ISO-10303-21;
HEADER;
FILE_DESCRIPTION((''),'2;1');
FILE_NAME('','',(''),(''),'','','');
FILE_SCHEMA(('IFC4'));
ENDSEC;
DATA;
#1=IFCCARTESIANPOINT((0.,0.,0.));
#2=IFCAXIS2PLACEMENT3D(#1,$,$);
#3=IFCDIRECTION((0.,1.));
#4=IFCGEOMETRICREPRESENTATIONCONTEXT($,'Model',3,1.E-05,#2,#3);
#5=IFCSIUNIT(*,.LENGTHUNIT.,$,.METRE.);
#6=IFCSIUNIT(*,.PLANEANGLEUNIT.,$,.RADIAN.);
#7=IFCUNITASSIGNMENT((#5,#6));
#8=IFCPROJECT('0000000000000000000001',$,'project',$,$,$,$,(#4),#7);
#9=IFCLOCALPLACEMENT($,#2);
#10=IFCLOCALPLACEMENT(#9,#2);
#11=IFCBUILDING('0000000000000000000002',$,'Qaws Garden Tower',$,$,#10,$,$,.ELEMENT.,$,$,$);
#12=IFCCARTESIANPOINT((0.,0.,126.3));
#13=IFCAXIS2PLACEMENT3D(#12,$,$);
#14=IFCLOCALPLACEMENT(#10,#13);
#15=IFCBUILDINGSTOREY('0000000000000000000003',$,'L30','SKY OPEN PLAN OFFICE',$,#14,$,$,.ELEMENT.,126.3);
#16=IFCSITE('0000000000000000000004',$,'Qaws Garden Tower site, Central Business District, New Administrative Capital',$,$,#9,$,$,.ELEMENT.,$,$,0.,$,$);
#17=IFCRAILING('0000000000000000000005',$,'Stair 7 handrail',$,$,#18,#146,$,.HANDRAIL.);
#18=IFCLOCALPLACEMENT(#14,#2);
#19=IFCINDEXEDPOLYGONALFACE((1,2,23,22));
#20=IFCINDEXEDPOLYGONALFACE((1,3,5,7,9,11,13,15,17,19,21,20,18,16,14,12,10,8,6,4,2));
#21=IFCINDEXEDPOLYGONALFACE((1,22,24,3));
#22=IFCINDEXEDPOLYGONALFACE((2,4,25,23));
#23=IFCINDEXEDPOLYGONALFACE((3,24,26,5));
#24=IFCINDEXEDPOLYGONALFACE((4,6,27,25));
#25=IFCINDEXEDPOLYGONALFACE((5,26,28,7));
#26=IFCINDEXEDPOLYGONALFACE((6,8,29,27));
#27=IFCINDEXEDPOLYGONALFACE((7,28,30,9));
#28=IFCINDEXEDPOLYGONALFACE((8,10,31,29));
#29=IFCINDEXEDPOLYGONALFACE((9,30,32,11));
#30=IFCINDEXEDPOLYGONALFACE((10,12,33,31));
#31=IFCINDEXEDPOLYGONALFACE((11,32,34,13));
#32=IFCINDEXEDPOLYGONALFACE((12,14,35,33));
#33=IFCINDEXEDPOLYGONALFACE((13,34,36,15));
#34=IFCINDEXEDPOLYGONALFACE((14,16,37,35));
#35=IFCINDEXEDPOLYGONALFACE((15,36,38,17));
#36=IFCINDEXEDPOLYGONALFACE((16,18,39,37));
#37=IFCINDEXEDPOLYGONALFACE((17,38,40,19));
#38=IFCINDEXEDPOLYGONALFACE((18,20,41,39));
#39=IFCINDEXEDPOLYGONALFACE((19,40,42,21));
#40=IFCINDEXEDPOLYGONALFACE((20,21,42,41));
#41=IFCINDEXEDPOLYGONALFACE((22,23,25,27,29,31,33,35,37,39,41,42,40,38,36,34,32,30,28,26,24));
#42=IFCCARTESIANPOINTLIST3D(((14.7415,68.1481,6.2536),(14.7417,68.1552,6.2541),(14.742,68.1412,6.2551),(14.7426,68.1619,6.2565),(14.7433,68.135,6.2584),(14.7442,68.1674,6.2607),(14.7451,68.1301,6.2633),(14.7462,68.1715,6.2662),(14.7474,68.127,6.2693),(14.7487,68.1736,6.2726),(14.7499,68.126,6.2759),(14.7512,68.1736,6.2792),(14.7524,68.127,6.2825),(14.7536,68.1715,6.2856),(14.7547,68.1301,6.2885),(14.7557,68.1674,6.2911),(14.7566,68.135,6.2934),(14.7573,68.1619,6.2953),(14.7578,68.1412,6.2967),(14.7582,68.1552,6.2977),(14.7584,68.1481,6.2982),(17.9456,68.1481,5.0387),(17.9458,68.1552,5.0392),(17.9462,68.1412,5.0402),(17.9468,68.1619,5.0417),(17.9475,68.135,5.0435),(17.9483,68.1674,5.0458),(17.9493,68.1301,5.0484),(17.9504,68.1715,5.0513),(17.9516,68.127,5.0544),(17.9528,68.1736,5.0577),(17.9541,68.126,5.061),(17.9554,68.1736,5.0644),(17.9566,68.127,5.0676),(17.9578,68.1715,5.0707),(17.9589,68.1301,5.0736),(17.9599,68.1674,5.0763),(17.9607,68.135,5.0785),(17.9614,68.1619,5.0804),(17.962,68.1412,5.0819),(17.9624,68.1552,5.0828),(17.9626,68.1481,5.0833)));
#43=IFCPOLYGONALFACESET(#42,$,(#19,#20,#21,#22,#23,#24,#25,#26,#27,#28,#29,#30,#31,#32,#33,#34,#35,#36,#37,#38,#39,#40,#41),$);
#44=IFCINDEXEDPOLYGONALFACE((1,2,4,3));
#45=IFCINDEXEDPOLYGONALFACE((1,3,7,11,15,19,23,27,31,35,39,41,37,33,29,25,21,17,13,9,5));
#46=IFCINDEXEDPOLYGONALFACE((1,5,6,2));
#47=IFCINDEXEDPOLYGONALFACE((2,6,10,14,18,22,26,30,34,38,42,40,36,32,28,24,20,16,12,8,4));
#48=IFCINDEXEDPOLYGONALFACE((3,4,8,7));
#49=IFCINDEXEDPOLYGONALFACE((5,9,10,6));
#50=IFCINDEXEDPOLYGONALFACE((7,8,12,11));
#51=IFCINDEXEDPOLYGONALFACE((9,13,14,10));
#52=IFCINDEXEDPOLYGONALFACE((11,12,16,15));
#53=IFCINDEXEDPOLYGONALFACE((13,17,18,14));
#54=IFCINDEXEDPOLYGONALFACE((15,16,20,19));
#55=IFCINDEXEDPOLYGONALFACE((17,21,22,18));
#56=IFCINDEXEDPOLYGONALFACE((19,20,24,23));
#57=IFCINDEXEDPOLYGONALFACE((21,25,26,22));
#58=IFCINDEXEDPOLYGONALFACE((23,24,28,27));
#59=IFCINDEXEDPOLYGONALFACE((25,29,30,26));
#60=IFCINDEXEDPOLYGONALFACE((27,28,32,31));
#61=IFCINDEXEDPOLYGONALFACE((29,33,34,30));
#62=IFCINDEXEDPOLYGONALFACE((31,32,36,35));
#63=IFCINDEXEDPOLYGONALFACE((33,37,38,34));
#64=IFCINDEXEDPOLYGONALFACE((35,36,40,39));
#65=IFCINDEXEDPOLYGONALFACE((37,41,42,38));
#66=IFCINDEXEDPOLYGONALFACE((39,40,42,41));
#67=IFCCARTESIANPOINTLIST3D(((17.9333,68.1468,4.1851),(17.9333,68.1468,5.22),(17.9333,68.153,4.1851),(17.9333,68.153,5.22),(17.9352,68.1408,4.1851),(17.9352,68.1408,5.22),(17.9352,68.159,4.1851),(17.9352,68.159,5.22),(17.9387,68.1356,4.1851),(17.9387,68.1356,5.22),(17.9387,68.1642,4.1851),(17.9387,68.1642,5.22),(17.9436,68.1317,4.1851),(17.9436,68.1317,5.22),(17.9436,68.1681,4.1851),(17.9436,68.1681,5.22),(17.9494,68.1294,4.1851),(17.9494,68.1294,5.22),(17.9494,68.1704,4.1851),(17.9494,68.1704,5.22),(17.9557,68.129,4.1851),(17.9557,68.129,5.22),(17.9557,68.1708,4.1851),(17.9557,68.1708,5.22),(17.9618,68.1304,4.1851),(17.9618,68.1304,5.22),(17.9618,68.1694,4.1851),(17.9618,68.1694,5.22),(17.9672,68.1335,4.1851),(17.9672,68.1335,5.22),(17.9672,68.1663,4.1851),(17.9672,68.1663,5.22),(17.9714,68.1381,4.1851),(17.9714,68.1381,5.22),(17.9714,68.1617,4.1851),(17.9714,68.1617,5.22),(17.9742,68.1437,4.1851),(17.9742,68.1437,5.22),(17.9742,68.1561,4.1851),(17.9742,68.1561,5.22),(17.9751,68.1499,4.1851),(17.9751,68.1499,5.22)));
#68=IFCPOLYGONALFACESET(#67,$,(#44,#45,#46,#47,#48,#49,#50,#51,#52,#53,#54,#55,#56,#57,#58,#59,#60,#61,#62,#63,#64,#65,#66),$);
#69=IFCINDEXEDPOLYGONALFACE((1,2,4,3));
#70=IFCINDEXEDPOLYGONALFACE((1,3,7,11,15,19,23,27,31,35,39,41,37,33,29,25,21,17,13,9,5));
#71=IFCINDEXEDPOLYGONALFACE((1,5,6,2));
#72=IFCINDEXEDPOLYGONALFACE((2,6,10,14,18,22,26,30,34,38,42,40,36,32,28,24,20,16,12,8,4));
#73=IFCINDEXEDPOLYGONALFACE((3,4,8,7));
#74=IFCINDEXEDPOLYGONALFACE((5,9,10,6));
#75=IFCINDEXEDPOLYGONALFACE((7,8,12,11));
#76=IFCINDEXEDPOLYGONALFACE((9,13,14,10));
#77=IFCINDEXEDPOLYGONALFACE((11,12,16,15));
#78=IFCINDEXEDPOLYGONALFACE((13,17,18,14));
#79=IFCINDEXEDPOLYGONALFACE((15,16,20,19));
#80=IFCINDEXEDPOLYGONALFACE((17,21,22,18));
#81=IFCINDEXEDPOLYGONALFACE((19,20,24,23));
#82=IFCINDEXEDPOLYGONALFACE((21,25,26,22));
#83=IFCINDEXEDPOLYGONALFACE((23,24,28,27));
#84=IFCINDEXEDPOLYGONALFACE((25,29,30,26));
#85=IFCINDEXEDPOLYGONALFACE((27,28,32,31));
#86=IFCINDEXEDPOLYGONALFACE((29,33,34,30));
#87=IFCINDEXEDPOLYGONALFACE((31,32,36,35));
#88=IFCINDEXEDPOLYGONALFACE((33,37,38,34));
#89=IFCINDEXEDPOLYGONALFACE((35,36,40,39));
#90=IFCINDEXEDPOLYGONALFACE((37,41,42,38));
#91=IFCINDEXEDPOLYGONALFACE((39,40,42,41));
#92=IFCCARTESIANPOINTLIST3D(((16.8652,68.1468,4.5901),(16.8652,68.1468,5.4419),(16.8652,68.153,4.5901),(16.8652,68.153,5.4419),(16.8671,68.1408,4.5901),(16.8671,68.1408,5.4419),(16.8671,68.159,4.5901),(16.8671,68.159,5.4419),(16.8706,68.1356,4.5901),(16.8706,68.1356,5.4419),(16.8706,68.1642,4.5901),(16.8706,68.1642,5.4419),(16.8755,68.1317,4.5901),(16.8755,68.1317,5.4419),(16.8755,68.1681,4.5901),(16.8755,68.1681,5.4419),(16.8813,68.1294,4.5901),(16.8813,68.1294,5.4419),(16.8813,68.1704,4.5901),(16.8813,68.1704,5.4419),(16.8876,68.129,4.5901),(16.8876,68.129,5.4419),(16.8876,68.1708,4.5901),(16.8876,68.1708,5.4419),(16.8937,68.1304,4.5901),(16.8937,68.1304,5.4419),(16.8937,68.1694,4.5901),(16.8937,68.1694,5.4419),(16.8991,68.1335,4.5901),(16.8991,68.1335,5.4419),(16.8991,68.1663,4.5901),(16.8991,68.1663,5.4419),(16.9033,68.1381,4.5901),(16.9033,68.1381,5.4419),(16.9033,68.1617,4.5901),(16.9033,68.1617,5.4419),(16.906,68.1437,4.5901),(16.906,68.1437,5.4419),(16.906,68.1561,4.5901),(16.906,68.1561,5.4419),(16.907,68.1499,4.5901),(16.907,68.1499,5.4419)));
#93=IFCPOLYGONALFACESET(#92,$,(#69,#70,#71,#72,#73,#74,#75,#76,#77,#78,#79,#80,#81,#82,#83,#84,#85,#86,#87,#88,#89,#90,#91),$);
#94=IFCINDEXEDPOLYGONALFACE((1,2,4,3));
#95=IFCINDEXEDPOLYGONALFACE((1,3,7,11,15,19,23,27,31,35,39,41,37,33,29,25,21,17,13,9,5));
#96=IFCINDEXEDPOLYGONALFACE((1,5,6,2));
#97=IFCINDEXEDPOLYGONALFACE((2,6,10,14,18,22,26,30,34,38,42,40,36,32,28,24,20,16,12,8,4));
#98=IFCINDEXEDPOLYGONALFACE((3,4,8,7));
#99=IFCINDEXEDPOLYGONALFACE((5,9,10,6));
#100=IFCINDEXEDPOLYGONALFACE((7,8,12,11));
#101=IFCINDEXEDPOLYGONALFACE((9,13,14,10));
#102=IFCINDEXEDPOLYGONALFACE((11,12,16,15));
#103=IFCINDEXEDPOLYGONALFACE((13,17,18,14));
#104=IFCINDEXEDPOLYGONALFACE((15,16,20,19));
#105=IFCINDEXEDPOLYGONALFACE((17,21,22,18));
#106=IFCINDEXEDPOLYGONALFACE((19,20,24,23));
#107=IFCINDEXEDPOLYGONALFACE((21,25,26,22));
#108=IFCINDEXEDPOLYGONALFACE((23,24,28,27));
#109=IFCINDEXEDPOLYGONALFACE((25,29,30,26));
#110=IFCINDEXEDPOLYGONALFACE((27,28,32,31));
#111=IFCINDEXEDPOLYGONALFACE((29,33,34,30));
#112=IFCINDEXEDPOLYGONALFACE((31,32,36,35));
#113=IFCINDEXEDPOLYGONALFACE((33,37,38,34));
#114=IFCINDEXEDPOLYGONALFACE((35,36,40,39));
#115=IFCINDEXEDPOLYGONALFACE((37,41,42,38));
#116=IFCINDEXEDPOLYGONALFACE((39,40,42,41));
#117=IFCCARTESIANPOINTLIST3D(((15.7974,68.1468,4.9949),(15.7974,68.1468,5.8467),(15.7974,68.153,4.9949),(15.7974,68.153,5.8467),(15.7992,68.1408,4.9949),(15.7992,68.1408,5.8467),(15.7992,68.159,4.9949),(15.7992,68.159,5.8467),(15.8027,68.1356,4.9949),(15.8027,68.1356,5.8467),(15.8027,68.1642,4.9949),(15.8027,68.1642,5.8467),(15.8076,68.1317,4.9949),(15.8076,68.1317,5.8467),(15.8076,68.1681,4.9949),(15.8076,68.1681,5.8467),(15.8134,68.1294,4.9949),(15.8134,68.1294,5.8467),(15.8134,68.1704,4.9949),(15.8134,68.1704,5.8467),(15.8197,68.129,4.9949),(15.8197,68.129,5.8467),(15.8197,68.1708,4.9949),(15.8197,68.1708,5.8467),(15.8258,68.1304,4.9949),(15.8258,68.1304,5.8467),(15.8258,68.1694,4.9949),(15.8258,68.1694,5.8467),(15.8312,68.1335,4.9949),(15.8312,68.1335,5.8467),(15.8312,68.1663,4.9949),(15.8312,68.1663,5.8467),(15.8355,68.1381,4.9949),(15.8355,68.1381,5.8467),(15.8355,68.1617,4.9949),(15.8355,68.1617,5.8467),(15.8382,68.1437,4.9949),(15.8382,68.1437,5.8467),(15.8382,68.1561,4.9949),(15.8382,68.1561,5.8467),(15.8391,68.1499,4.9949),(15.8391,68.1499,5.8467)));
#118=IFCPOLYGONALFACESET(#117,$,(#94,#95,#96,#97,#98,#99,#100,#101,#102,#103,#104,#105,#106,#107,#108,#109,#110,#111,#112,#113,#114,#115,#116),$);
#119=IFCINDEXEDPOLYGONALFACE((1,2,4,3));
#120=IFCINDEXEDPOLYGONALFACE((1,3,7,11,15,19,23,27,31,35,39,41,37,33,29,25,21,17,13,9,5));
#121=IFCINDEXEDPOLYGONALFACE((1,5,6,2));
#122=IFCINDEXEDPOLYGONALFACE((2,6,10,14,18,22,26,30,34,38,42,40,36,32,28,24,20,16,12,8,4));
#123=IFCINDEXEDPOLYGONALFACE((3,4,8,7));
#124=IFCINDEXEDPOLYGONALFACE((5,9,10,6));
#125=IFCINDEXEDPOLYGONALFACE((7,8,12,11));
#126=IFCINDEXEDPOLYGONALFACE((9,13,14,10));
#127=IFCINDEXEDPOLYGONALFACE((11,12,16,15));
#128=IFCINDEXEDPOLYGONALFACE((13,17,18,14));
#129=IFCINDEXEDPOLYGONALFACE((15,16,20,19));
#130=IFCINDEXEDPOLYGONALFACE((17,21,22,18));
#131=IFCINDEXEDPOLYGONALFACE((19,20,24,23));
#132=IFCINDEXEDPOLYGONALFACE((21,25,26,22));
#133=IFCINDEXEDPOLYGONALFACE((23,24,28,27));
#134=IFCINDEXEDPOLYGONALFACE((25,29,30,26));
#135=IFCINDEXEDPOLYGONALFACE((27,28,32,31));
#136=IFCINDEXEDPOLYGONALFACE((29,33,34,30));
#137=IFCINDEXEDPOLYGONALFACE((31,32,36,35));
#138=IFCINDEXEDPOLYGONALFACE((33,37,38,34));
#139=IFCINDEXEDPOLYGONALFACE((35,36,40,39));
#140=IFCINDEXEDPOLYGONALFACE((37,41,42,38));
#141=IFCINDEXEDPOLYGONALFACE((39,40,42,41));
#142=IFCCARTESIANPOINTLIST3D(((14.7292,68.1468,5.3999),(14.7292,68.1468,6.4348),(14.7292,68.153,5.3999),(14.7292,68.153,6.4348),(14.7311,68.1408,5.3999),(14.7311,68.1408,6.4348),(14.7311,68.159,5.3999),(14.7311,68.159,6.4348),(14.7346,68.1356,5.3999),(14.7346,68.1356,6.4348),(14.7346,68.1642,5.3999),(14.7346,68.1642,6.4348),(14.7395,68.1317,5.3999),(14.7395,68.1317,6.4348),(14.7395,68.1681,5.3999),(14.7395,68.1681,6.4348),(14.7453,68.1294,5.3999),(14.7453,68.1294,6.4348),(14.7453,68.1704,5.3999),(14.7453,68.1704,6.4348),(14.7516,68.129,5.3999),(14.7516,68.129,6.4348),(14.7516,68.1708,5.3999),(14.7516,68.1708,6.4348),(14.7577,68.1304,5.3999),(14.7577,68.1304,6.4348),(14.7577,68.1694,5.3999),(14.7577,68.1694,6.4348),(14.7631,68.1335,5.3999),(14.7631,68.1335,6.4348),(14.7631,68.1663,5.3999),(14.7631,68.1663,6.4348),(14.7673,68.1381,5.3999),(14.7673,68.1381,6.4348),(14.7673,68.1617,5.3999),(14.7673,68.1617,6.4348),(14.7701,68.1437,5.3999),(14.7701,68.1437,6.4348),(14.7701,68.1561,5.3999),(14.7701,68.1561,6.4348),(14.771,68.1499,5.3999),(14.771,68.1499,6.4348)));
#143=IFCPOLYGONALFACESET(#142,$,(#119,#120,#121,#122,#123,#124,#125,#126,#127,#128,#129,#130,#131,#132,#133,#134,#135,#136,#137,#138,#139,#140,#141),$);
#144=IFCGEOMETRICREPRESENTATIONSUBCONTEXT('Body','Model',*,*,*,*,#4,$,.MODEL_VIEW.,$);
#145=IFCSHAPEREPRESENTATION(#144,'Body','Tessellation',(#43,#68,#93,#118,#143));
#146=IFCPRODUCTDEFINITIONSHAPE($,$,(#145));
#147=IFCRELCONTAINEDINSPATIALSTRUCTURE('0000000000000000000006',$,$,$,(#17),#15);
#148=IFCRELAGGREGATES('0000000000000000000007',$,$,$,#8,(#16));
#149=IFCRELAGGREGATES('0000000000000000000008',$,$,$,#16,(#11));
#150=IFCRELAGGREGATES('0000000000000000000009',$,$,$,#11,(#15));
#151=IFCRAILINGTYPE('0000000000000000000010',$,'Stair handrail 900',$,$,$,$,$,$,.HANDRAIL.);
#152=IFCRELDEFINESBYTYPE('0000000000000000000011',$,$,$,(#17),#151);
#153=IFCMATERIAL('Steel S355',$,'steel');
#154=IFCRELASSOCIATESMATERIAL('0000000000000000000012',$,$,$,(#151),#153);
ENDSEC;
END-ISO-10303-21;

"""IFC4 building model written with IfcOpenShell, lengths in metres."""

from ifc_helpers import new_model, si_unit, direction, frame, origin, origin_2d, place, context, subcontext, project, spatial, circle, extrude, material, type_object, element, save


model = new_model("IFC4")

# Units and contexts
model_context = context("Model", 3, precision=1e-05, world=origin(), true_north=direction((0.0, 1.0)))
body_context = subcontext(model_context, "Body", "Model", "MODEL_VIEW")
ifc_project = project(units=[si_unit("LENGTHUNIT", "METRE"), si_unit("PLANEANGLEUNIT", "RADIAN")], contexts=[model_context])

# Site, building, storey
site_placement = place(None, origin())
site = spatial("IfcSite", under=ifc_project, at=site_placement, Name="Qaws Garden Tower site, Central Business District, New Administrative Capital", CompositionType="ELEMENT", RefElevation=0.0)
building_placement = place(site_placement, origin())
building = spatial("IfcBuilding", under=site, at=building_placement, Name="Qaws Garden Tower", CompositionType="ELEMENT")
storey_placement = place(building_placement, frame((0.0, 0.0, 126.3)))
storey = spatial("IfcBuildingStorey", under=building, at=storey_placement, Name="L30", Description="SKY OPEN PLAN OFFICE", CompositionType="ELEMENT", Elevation=126.3)

# Railing
ifc_material_1 = material(Name="Steel S355", Category="steel")
railing_type = type_object("IfcRailingType", Name="Stair handrail 900", PredefinedType="HANDRAIL", material=ifc_material_1)
railing_1_placement = place(storey_placement, frame((17.9541, 68.1499, 4.1851)))
element("IfcRailing", 1, at=railing_1_placement, inside=storey, type_object=railing_type, Name="Stair 7 handrail", PredefinedType="HANDRAIL", context=body_context, shape_type="SweptSolid", body=[
    extrude(circle(Radius=0.0239, at=origin_2d()), frame((0.0, 0.0, 0.876), z_axis=(-0.935046, 0.0, 0.354525), x_axis=(0.0, -1.0, 0.0)), (0.0, 0.0, 1.0), 3.4268),
    extrude(circle(Radius=0.021, at=origin_2d()), origin(), (0.0, 0.0, 1.0), 1.0349),
    extrude(circle(Radius=0.021, at=origin_2d()), frame((-1.0681, 0.0, 0.405)), (0.0, 0.0, 1.0), 0.8518),
    extrude(circle(Radius=0.021, at=origin_2d()), frame((-2.136, 0.0, 0.8098)), (0.0, 0.0, 1.0), 0.8518),
    extrude(circle(Radius=0.021, at=origin_2d()), frame((-3.2041, 0.0, 1.2148)), (0.0, 0.0, 1.0), 1.0349),
])

save(model, "model.ifc")
